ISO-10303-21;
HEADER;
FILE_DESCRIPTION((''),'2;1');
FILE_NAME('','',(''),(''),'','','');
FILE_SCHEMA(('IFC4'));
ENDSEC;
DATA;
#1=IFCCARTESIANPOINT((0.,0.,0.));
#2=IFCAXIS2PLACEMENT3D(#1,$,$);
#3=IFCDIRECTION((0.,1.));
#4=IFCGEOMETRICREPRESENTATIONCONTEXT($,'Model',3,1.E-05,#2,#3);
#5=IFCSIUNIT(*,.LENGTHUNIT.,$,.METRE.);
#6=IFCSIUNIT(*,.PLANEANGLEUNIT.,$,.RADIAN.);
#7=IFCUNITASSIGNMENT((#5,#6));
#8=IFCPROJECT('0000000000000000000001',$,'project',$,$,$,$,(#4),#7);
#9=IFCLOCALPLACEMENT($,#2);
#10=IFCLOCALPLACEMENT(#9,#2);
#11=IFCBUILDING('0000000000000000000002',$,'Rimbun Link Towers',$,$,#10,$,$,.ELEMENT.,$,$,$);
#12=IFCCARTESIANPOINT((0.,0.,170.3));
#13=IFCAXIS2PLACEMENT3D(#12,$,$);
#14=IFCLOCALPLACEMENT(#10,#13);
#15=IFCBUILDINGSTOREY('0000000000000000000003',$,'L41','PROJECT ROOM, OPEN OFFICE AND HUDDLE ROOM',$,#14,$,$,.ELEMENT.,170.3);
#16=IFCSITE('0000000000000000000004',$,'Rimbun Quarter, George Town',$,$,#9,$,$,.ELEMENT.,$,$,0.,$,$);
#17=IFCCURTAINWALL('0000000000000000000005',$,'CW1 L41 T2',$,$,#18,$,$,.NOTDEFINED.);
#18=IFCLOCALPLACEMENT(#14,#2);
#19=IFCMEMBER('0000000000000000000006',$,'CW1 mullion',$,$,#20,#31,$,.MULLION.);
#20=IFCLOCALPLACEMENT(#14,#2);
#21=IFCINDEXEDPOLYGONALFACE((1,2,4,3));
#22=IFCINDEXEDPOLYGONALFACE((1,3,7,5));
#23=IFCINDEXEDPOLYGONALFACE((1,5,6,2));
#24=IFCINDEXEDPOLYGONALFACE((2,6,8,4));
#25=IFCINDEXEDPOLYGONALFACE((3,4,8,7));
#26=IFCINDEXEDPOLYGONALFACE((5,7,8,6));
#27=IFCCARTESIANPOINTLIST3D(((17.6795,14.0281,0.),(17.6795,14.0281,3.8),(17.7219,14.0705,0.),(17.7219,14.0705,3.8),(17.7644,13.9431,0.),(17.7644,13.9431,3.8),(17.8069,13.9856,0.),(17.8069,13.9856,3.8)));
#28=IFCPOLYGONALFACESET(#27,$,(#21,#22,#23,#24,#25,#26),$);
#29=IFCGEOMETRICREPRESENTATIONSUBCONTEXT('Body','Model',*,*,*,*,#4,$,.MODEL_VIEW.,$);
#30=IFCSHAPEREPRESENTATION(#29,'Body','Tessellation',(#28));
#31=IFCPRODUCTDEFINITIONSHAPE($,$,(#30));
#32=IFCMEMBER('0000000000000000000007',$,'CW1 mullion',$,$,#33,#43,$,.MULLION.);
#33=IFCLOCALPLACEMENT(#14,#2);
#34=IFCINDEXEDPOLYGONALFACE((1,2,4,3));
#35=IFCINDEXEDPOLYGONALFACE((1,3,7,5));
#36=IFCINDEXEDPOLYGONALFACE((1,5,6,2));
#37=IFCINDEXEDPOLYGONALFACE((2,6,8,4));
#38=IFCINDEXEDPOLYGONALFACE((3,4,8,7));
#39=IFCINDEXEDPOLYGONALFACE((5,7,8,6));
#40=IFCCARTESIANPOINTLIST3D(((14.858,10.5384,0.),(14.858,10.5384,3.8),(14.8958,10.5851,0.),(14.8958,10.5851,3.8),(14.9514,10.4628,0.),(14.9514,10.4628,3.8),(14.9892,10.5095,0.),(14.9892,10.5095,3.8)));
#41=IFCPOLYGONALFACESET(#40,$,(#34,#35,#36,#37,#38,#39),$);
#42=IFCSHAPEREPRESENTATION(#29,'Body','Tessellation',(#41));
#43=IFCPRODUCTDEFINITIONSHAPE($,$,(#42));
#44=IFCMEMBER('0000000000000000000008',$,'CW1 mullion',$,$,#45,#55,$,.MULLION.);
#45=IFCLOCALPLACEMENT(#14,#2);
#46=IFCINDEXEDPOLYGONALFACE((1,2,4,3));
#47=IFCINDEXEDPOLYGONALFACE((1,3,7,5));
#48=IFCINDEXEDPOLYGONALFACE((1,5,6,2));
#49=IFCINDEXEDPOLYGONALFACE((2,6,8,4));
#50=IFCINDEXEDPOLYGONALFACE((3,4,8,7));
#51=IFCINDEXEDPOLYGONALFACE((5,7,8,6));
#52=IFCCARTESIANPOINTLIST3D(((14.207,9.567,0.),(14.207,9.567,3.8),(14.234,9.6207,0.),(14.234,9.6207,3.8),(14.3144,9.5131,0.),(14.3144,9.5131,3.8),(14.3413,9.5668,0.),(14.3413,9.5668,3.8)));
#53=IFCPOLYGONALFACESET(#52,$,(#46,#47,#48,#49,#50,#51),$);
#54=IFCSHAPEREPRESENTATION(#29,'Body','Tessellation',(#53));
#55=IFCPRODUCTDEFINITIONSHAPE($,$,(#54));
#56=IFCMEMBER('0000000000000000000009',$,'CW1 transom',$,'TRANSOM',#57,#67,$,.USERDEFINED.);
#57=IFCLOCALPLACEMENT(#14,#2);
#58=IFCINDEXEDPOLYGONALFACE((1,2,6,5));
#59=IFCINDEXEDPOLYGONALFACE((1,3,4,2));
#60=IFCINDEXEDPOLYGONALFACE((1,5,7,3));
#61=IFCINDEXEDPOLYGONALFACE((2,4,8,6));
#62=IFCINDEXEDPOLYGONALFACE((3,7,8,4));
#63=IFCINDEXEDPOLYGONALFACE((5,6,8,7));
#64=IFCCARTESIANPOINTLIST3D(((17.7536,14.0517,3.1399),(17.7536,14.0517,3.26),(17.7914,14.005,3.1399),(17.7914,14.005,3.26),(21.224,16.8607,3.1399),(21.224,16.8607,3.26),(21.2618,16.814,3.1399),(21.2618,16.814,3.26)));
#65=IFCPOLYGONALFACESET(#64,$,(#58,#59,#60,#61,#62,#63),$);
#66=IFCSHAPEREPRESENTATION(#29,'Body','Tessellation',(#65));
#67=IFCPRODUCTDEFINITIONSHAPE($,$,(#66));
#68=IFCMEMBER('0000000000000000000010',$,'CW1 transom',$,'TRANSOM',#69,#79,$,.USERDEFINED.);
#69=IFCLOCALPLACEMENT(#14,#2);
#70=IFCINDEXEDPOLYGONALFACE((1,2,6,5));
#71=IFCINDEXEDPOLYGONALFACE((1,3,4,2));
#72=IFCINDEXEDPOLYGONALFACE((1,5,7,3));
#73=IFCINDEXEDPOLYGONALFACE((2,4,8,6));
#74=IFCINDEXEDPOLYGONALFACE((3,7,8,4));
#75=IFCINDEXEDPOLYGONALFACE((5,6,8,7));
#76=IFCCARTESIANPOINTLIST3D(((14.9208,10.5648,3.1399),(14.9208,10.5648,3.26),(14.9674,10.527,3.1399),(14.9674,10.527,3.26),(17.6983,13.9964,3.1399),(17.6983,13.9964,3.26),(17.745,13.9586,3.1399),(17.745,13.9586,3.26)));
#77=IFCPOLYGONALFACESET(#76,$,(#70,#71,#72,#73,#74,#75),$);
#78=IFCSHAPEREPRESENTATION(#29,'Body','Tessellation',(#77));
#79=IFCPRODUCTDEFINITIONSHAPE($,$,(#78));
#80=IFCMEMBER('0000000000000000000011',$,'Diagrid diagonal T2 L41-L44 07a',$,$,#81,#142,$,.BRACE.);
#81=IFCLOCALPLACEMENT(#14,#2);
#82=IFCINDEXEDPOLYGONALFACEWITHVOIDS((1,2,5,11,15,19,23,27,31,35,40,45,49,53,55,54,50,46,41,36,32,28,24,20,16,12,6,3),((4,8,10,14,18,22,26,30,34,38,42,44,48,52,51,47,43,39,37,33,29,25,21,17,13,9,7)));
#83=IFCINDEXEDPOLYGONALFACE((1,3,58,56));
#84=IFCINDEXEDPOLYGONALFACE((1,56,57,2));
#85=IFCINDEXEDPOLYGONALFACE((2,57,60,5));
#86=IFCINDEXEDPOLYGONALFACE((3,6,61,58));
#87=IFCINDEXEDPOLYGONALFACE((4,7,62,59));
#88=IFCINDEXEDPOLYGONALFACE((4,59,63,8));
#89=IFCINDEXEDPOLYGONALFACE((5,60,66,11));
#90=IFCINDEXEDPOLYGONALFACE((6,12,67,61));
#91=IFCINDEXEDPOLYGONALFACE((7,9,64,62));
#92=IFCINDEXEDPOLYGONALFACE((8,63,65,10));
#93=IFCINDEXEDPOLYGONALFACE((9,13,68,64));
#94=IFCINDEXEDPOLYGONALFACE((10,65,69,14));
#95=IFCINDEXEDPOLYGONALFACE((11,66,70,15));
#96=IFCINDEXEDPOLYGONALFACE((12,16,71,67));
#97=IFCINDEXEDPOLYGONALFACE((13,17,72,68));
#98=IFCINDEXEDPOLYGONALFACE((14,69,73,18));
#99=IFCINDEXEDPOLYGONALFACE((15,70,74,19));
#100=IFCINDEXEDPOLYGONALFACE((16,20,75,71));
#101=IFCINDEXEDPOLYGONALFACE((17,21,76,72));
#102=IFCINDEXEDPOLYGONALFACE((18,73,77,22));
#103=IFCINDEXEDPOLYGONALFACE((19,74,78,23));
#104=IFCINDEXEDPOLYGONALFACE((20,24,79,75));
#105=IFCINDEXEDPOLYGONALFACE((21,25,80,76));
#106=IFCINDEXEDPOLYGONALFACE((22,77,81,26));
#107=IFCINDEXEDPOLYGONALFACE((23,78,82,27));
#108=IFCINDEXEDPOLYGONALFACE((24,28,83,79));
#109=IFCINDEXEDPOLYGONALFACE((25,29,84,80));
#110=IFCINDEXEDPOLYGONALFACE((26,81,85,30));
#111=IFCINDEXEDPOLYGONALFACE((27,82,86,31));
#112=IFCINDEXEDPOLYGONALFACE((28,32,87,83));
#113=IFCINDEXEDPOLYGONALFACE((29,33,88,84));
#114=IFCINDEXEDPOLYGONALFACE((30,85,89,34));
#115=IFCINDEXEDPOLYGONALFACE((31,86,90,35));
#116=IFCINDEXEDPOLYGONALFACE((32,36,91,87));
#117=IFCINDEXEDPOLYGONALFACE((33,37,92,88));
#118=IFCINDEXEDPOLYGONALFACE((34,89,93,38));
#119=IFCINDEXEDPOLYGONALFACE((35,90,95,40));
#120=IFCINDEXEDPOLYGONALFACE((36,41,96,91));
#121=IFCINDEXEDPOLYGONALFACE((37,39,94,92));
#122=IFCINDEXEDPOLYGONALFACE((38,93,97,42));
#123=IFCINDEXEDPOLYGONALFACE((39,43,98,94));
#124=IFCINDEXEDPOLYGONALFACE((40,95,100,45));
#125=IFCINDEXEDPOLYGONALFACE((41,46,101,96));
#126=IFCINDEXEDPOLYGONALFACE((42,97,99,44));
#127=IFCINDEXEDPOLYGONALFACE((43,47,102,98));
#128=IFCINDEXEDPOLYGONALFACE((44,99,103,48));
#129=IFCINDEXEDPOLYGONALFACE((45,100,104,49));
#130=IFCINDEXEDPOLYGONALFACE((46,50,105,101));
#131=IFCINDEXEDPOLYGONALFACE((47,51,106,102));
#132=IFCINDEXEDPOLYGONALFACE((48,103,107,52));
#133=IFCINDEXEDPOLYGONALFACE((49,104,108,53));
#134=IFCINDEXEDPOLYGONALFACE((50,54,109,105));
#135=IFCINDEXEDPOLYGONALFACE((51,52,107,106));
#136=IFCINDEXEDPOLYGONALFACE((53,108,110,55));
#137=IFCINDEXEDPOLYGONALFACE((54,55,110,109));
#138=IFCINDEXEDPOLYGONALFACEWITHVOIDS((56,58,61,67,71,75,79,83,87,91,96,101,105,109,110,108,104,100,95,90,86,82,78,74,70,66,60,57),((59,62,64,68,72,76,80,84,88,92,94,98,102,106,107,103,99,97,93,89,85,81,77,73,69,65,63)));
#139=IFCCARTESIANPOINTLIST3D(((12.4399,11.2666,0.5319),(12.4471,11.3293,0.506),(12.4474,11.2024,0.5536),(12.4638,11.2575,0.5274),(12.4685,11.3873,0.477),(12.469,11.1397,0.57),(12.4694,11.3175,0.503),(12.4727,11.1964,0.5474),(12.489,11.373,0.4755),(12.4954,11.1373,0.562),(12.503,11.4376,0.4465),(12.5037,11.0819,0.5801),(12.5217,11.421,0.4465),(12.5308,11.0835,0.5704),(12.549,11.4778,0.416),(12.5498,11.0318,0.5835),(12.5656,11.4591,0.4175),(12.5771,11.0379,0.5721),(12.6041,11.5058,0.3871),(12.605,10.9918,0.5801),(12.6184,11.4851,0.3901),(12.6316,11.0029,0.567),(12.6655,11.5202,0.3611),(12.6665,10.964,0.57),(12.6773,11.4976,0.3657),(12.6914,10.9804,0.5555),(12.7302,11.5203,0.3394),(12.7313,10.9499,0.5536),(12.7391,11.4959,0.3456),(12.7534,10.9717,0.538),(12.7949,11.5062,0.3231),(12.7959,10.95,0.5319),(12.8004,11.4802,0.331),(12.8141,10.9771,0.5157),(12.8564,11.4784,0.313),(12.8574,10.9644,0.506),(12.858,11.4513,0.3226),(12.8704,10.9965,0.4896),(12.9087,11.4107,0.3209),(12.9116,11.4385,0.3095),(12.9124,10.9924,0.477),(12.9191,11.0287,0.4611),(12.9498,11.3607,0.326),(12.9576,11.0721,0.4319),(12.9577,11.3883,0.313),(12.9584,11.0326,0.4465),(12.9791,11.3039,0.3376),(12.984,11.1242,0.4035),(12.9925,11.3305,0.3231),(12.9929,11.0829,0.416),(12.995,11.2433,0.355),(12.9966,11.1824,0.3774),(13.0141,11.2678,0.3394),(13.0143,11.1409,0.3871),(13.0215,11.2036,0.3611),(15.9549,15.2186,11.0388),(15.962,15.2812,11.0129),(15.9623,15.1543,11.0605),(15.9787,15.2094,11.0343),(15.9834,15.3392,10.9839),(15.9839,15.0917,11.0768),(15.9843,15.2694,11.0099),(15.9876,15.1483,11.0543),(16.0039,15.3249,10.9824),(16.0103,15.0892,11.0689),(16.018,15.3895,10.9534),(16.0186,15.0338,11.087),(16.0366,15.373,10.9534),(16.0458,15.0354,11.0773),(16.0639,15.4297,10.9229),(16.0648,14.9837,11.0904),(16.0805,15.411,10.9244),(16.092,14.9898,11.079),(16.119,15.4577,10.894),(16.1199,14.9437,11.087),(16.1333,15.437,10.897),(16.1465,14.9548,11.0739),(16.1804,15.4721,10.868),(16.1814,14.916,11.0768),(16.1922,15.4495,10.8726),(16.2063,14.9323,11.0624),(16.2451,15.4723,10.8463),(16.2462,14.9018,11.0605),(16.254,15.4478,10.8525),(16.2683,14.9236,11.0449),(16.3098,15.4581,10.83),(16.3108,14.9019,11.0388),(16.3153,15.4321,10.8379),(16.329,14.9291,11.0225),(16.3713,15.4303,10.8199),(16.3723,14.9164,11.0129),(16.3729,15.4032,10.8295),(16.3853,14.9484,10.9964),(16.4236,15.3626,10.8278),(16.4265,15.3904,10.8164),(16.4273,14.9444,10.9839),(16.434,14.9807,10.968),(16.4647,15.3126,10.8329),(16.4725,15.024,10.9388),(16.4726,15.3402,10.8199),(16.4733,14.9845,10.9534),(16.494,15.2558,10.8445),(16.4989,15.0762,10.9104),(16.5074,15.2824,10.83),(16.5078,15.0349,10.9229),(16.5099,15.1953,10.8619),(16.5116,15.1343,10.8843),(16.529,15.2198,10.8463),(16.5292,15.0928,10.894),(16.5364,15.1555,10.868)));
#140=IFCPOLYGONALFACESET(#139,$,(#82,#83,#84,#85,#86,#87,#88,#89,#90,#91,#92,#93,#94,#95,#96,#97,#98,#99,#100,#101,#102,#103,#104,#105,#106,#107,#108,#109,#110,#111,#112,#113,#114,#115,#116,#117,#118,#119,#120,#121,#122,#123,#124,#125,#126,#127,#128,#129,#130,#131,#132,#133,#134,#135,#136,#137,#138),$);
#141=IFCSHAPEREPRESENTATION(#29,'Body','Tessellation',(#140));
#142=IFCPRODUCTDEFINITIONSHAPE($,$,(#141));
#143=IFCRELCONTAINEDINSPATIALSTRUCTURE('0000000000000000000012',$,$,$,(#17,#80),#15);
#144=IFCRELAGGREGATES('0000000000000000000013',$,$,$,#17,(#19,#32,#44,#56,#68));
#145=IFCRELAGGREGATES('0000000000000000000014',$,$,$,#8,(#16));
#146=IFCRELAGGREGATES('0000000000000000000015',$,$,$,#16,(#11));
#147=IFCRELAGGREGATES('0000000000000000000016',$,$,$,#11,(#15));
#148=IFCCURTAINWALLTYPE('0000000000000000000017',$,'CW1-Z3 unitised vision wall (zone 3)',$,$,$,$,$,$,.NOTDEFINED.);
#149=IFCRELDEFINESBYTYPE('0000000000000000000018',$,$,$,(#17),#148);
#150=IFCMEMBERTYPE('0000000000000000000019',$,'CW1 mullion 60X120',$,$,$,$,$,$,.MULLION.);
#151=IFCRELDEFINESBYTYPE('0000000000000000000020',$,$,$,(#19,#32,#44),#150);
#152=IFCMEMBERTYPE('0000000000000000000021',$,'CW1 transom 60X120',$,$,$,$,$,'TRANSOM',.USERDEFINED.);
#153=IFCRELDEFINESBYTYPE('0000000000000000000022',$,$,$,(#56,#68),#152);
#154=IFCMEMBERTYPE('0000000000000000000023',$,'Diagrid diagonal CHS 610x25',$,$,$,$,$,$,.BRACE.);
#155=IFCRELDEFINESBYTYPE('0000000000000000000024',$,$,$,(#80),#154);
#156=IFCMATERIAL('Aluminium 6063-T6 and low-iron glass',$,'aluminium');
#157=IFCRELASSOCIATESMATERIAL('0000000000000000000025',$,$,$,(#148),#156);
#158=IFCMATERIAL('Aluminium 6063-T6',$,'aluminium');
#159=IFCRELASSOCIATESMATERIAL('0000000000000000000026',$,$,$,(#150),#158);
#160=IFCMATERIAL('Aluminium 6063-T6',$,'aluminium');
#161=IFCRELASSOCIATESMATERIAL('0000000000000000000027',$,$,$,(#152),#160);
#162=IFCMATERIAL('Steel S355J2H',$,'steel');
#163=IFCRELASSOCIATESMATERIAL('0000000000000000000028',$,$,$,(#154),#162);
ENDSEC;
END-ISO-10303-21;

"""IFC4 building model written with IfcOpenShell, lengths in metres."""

from ifc_helpers import new_model, si_unit, direction, frame, origin, origin_2d, place, context, subcontext, project, spatial, rectangle, hollow_circle, extrude, material, material_profile, profile_set, type_object, element, aggregate, save


model = new_model("IFC4")

# Units and contexts
model_context = context("Model", 3, precision=1e-05, world=origin(), true_north=direction((0.0, 1.0)))
body_context = subcontext(model_context, "Body", "Model", "MODEL_VIEW")
ifc_project = project(units=[si_unit("LENGTHUNIT", "METRE"), si_unit("PLANEANGLEUNIT", "RADIAN")], contexts=[model_context])

# Site, building, storey
site_placement = place(None, origin())
site = spatial("IfcSite", under=ifc_project, at=site_placement, Name="Rimbun Quarter, George Town", CompositionType="ELEMENT", RefElevation=0.0)
building_placement = place(site_placement, origin())
building = spatial("IfcBuilding", under=site, at=building_placement, Name="Rimbun Link Towers", CompositionType="ELEMENT")
storey_placement = place(building_placement, frame((0.0, 0.0, 170.3)))
storey = spatial("IfcBuildingStorey", under=building, at=storey_placement, Name="L41", Description="PROJECT ROOM, OPEN OFFICE AND HUDDLE ROOM", CompositionType="ELEMENT", Elevation=170.3)

# Curtain wall, members
ifc_material_1 = material(Name="Aluminium 6063-T6 and low-iron glass", Category="aluminium")
curtain_wall_type = type_object("IfcCurtainWallType", Name="CW1-Z3 unitised vision wall (zone 3)", PredefinedType="NOTDEFINED", material=ifc_material_1)
curtain_wall_placement = place(storey_placement, origin())
curtain_wall = element("IfcCurtainWall", 1, at=curtain_wall_placement, inside=storey, type_object=curtain_wall_type, Name="CW1 L41 T2", PredefinedType="NOTDEFINED")
ifc_material_2 = material(Name="Aluminium 6063-T6", Category="aluminium")
ifc_material_profile_1 = material_profile(ifc_material_2, rectangle(XDim=0.1201, YDim=0.0601, at=origin_2d()), Name="MULLION 60X120")
ifc_profile_set_1 = profile_set([ifc_material_profile_1], Name="Aluminium 6063-T6")
member_type_1 = type_object("IfcMemberType", Name="CW1 mullion 60X120", PredefinedType="MULLION", material=ifc_profile_set_1)
member_1_placement = place(storey_placement, frame((17.7432, 14.0068, 0.0), z_axis=(0.0, 0.0, 1.0), x_axis=(-0.707107, 0.707107, 0.0)))
member_1 = element("IfcMember", 2, at=member_1_placement, type_object=member_type_1, Name="CW1 mullion", PredefinedType="MULLION", context=body_context, shape_type="SweptSolid", body=[
    extrude(rectangle(XDim=0.1201, YDim=0.0601, at=origin_2d()), origin(), (0.0, 0.0, 1.0), 3.8),
])
member_2_placement = place(storey_placement, frame((14.9236, 10.5239, 0.0), z_axis=(0.0, 0.0, 1.0), x_axis=(-0.777278, 0.629158, 0.0)))
member_2 = element("IfcMember", 3, at=member_2_placement, type_object=member_type_1, Name="CW1 mullion", PredefinedType="MULLION", context=body_context, shape_type="SweptSolid", body=[
    extrude(rectangle(XDim=0.1201, YDim=0.0601, at=origin_2d()), origin(), (0.0, 0.0, 1.0), 3.8),
])
member_3_placement = place(storey_placement, frame((14.2742, 9.5669, 0.0), z_axis=(0.0, 0.0, 1.0), x_axis=(-0.893646, 0.448773, 0.0)))
member_3 = element("IfcMember", 4, at=member_3_placement, type_object=member_type_1, Name="CW1 mullion", PredefinedType="MULLION", context=body_context, shape_type="SweptSolid", body=[
    extrude(rectangle(XDim=0.1201, YDim=0.0601, at=origin_2d()), origin(), (0.0, 0.0, 1.0), 3.8),
])
ifc_material_3 = material(Name="Aluminium 6063-T6", Category="aluminium")
ifc_material_profile_2 = material_profile(ifc_material_3, rectangle(XDim=0.0601, YDim=0.1201, at=origin_2d()), Name="TRANSOM 60X120")
ifc_profile_set_2 = profile_set([ifc_material_profile_2], Name="Aluminium 6063-T6")
member_type_2 = type_object("IfcMemberType", Name="CW1 transom 60X120", ElementType="TRANSOM", PredefinedType="USERDEFINED", material=ifc_profile_set_2)
member_4_placement = place(storey_placement, frame((17.7725, 14.0283, 3.2), z_axis=(0.777282, 0.629153, 0.0), x_axis=(-0.629153, 0.777282, 0.0)))
member_4 = element("IfcMember", 5, at=member_4_placement, type_object=member_type_2, Name="CW1 transom", ObjectType="TRANSOM", PredefinedType="USERDEFINED", context=body_context, shape_type="SweptSolid", body=[
    extrude(rectangle(XDim=0.0601, YDim=0.1201, at=origin_2d()), origin(), (0.0, 0.0, 1.0), 4.4648),
])
member_5_placement = place(storey_placement, frame((14.9441, 10.5459, 3.2), z_axis=(0.629143, 0.77729, 0.0), x_axis=(-0.77729, 0.629143, 0.0)))
member_5 = element("IfcMember", 6, at=member_5_placement, type_object=member_type_2, Name="CW1 transom", ObjectType="TRANSOM", PredefinedType="USERDEFINED", context=body_context, shape_type="SweptSolid", body=[
    extrude(rectangle(XDim=0.0601, YDim=0.1201, at=origin_2d()), origin(), (0.0, 0.0, 1.0), 4.4148),
])

# Member
ifc_material_4 = material(Name="Steel S355J2H", Category="steel")
ifc_material_profile_3 = material_profile(ifc_material_4, hollow_circle(Radius=0.3047, WallThickness=0.0249, at=origin_2d()), Name="Diagrid diagonal CHS 610x25")
ifc_profile_set_3 = profile_set([ifc_material_profile_3], Name="Steel S355J2H")
member_type_3 = type_object("IfcMemberType", Name="Diagrid diagonal CHS 610x25", PredefinedType="BRACE", material=ifc_profile_set_3)
member_6_placement = place(storey_placement, frame((12.7307, 11.2351, 0.4465), z_axis=(0.298812, 0.335964, 0.893219), x_axis=(-0.747213, 0.664584, 0.0)))
element("IfcMember", 7, at=member_6_placement, inside=storey, type_object=member_type_3, Name="Diagrid diagonal T2 L41-L44 07a", PredefinedType="BRACE", context=body_context, shape_type="SweptSolid", body=[
    extrude(hollow_circle(Radius=0.3047, WallThickness=0.0249, at=origin_2d()), origin(), (0.0, 0.0, 1.0), 11.7629),
])

aggregate(curtain_wall, [member_1, member_2, member_3, member_4, member_5])

save(model, "model.ifc")
